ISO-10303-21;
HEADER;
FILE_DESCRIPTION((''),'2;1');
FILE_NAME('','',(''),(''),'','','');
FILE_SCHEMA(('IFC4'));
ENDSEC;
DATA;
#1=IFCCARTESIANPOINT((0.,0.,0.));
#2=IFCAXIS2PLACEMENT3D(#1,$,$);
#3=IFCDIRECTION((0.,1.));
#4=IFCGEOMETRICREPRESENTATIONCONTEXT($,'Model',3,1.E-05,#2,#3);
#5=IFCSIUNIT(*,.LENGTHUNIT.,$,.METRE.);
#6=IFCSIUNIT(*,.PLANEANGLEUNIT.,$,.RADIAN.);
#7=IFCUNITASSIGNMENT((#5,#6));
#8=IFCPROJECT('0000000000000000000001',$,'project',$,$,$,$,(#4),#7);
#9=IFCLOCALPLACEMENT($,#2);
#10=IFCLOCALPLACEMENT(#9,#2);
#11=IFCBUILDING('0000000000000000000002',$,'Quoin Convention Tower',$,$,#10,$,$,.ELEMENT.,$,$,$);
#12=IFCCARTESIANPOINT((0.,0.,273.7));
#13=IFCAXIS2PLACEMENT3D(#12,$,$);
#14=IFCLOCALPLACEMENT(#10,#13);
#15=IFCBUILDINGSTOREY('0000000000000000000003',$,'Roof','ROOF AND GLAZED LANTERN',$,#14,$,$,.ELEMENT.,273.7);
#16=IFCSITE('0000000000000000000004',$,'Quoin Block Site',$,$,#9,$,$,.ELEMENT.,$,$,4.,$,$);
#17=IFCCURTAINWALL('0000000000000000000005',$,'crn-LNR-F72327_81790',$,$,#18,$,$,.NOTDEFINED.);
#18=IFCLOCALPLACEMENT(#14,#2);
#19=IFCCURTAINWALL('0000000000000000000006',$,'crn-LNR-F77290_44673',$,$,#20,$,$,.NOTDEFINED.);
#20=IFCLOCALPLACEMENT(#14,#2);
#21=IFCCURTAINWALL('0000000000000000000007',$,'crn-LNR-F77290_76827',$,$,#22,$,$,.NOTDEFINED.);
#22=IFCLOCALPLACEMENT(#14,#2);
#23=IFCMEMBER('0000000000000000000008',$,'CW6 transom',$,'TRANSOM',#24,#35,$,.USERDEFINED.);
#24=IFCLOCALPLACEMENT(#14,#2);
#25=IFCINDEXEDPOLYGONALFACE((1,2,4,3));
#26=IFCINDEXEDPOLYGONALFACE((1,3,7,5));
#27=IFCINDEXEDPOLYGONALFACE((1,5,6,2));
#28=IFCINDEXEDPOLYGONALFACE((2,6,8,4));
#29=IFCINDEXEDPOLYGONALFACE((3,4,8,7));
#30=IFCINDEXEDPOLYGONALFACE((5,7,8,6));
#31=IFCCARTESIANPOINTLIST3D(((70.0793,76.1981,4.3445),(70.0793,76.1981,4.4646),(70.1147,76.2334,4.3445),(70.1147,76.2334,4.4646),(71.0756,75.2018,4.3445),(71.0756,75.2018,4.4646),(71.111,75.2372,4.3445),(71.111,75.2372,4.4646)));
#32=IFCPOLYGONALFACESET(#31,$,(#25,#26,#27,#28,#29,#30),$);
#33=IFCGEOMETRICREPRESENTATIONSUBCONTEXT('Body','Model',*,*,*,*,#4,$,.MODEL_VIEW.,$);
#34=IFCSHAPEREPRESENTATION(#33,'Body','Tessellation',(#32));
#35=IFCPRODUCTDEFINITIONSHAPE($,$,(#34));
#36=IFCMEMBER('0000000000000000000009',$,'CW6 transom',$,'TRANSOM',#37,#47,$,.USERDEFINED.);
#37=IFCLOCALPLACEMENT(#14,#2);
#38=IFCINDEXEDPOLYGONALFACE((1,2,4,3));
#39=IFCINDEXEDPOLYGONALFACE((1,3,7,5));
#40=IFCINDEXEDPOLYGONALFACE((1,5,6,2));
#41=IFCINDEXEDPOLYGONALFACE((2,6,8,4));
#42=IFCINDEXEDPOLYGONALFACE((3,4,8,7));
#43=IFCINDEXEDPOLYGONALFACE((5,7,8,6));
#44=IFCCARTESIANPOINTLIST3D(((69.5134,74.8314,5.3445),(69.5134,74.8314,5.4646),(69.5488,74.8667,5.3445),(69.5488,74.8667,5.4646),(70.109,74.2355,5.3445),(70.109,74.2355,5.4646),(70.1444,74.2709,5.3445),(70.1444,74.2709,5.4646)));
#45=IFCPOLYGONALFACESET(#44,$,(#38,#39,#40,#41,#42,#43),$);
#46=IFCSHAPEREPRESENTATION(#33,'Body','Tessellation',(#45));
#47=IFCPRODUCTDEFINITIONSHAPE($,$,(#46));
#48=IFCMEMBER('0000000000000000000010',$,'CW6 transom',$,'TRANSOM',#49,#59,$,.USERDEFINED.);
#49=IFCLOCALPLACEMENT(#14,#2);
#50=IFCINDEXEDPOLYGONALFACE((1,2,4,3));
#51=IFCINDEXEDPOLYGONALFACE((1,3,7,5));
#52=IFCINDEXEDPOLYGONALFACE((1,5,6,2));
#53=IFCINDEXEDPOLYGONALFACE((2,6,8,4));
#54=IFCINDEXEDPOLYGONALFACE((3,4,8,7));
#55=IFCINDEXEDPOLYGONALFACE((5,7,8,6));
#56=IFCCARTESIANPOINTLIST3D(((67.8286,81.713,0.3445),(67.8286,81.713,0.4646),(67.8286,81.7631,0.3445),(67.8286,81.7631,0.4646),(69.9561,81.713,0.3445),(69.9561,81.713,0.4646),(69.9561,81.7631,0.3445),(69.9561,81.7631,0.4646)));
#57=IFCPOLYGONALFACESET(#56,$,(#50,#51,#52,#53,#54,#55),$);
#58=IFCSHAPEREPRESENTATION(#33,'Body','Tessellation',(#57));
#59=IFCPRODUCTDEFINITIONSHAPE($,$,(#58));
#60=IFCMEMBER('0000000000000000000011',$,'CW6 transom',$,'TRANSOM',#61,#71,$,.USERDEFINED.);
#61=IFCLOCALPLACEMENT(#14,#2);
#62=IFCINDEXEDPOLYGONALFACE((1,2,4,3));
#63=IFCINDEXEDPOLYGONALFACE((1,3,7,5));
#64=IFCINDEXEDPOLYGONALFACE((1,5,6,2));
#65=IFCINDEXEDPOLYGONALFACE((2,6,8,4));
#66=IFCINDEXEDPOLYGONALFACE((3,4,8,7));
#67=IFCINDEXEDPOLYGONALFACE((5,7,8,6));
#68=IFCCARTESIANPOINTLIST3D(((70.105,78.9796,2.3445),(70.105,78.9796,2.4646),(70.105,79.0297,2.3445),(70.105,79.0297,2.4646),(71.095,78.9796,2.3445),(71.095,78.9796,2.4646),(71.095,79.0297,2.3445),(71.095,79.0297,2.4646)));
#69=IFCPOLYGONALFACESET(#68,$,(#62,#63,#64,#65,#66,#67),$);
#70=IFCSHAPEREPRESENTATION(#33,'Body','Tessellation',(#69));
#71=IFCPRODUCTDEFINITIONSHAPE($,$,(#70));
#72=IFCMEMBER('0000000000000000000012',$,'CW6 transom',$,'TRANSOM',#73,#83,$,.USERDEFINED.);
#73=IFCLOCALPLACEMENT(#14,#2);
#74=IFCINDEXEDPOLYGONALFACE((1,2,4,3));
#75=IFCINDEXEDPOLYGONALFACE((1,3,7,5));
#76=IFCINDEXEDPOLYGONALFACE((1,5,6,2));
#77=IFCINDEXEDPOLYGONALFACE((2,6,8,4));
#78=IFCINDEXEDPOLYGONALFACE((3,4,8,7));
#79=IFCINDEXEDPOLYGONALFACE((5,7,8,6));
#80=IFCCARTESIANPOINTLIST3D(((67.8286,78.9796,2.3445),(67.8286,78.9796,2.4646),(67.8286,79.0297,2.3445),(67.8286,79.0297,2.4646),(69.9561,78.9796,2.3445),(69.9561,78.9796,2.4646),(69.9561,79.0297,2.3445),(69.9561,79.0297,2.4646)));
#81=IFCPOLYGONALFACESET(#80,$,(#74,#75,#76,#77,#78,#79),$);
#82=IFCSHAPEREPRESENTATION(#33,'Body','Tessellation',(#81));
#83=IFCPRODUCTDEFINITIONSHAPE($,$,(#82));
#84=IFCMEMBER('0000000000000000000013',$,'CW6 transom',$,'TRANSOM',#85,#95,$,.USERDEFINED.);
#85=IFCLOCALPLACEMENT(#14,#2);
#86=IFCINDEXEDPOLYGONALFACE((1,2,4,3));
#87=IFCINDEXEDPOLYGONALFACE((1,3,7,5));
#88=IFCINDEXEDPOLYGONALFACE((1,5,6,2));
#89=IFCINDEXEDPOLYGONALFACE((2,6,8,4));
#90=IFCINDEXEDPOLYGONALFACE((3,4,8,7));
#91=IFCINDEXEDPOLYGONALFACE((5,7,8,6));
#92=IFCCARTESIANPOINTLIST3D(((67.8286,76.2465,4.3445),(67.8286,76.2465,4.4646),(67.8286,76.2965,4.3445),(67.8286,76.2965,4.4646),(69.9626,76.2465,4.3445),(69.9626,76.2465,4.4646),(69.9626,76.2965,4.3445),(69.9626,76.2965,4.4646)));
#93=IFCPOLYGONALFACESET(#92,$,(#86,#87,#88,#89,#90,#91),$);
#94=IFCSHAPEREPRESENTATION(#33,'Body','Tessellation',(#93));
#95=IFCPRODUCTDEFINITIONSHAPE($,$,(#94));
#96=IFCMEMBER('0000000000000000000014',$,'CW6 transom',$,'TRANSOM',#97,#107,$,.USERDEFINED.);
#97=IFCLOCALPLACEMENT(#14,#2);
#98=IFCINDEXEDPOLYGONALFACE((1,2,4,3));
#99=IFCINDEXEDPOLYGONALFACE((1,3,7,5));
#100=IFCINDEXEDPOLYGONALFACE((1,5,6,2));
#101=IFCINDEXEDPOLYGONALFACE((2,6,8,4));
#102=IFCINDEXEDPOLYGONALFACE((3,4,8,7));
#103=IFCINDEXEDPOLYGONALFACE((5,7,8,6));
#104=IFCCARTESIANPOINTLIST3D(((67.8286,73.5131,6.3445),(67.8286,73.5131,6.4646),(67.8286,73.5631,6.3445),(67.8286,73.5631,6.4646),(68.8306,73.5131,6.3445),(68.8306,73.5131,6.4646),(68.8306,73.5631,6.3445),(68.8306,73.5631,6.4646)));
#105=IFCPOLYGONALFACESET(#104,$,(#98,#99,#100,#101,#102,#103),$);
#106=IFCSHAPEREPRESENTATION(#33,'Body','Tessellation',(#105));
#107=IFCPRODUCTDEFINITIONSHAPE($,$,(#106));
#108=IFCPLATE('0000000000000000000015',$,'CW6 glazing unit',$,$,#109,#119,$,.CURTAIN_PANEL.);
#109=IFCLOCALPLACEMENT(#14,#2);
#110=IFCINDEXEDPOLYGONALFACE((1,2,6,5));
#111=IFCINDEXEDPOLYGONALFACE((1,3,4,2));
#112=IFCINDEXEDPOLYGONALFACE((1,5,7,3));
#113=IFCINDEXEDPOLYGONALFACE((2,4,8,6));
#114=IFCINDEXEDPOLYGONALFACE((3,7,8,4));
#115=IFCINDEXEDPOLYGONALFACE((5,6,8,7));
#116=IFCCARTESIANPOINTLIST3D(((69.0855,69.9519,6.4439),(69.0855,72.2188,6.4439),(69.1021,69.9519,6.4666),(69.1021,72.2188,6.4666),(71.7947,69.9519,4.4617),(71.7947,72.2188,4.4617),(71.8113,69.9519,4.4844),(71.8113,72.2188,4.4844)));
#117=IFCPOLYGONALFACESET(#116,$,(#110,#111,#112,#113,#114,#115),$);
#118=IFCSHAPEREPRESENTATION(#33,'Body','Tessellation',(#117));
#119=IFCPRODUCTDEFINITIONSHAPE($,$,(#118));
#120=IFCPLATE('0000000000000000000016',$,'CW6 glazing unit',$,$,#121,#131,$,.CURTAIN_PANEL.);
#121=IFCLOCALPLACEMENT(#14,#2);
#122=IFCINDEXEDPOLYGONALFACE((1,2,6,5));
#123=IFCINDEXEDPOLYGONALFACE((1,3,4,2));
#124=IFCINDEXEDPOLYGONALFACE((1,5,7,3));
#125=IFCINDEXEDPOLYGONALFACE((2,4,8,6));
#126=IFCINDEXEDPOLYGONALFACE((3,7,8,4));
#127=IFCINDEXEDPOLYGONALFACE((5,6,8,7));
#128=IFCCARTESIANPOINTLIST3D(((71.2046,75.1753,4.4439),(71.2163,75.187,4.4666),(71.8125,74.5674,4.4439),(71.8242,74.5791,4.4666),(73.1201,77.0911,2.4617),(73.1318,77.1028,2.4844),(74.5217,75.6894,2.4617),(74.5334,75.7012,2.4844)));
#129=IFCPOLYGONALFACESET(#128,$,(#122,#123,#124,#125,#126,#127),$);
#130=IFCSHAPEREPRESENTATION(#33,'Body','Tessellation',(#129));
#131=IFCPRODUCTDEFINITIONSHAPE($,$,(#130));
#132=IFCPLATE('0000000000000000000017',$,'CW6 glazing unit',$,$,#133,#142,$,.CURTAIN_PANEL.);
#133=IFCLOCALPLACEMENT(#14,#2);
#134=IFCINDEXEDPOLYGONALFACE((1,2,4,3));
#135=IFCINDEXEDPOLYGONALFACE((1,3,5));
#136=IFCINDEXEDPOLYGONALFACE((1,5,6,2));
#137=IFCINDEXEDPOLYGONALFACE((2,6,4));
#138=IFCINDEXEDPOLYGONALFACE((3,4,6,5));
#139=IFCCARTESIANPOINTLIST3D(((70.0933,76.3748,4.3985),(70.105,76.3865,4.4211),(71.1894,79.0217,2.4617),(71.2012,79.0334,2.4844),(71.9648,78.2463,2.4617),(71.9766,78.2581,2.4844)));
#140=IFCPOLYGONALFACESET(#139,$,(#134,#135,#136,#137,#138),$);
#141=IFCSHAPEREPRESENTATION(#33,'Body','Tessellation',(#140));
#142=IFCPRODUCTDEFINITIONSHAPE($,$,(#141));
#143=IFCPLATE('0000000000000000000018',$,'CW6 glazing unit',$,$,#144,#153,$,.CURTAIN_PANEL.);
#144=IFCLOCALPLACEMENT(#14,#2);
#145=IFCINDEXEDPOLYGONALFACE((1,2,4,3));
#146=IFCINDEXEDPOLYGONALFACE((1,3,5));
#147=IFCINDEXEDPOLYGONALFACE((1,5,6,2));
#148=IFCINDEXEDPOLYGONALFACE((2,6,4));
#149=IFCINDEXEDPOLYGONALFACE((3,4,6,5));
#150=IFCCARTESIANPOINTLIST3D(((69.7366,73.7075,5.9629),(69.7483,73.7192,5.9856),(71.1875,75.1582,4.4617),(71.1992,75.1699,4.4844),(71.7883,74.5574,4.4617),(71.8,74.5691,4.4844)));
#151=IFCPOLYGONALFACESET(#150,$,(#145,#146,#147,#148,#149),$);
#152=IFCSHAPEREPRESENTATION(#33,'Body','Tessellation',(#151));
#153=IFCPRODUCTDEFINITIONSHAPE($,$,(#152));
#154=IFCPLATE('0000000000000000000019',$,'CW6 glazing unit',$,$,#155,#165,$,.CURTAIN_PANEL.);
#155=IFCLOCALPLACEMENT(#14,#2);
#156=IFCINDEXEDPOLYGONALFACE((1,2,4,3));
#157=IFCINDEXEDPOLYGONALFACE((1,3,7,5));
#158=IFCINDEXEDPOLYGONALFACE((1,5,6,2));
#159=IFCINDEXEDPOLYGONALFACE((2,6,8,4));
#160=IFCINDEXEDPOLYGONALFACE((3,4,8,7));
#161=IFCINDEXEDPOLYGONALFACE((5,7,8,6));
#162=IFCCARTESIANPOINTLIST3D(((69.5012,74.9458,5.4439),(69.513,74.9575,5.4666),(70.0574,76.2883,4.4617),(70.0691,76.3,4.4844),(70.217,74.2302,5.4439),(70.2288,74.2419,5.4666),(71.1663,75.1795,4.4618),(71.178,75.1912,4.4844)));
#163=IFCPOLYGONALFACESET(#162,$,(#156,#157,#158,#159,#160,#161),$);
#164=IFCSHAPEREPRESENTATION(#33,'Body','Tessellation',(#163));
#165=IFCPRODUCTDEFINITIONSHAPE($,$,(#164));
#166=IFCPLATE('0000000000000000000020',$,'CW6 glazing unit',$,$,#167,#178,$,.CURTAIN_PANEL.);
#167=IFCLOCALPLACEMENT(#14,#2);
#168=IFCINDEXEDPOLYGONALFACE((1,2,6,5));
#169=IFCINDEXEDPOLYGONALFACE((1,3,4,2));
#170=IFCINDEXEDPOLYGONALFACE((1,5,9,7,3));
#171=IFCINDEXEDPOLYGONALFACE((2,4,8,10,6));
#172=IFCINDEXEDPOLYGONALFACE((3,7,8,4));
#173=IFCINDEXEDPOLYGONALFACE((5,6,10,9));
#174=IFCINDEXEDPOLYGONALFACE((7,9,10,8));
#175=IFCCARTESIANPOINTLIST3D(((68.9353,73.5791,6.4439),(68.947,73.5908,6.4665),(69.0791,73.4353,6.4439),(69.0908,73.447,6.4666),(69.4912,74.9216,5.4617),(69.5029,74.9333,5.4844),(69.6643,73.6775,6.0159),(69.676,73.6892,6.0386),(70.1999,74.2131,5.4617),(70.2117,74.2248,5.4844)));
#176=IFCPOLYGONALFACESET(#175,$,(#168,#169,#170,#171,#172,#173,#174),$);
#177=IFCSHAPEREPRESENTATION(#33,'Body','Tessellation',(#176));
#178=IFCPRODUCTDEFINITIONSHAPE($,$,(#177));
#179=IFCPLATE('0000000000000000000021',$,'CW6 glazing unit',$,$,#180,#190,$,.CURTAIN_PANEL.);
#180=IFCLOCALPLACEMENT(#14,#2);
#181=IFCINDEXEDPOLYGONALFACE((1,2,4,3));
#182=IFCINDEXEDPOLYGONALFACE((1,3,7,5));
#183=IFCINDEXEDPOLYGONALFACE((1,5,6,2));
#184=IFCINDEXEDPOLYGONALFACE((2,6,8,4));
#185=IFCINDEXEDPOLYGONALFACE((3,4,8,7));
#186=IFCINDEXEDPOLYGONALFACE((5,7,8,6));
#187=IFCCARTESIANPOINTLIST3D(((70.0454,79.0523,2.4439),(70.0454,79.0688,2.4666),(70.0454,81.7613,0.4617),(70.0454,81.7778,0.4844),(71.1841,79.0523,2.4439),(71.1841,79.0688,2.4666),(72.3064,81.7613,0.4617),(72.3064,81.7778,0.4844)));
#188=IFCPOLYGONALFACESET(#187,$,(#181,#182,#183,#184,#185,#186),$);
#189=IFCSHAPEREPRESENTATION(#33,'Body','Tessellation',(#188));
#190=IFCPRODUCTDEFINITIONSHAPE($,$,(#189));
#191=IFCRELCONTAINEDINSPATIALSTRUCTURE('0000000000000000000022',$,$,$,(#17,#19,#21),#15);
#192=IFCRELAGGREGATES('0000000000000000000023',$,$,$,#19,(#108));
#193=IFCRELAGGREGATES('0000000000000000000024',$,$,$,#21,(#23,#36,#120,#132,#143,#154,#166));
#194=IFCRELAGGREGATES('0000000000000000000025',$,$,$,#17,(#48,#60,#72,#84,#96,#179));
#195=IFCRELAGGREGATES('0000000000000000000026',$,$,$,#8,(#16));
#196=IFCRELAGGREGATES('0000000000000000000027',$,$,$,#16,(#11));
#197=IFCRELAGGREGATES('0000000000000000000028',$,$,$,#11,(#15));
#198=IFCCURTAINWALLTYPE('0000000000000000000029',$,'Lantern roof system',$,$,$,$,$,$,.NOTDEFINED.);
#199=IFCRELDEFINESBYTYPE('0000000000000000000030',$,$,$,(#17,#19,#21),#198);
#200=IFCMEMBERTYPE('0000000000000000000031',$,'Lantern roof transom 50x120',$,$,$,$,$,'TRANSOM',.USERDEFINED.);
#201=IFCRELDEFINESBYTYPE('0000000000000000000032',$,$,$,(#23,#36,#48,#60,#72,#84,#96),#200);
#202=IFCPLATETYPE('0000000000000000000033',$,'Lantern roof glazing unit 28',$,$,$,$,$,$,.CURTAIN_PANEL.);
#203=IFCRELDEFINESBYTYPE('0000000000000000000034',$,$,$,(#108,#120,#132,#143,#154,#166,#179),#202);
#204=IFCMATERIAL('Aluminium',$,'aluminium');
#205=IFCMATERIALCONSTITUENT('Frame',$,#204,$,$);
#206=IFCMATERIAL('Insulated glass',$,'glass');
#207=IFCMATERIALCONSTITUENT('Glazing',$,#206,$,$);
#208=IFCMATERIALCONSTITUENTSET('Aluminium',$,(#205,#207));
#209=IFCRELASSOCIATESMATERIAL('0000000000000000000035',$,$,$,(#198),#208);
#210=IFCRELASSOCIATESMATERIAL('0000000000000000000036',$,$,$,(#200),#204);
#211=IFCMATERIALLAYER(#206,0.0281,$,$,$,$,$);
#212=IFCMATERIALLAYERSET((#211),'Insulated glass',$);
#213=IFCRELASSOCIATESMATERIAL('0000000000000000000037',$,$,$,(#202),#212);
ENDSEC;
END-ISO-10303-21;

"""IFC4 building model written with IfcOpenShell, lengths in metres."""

from ifc_helpers import new_model, si_unit, direction, frame, origin, origin_2d, place, context, subcontext, project, spatial, polyline, rectangle, outline, extrude, material, layer, layer_set, constituent, constituent_set, material_profile, profile_set, type_object, element, aggregate, save


model = new_model("IFC4")

# Units and contexts
model_context = context("Model", 3, precision=1e-05, world=origin(), true_north=direction((0.0, 1.0)))
body_context = subcontext(model_context, "Body", "Model", "MODEL_VIEW")
ifc_project = project(units=[si_unit("LENGTHUNIT", "METRE"), si_unit("PLANEANGLEUNIT", "RADIAN")], contexts=[model_context])

# Site, building, storey
site_placement = place(None, origin())
site = spatial("IfcSite", under=ifc_project, at=site_placement, Name="Quoin Block Site", CompositionType="ELEMENT", RefElevation=4.0)
building_placement = place(site_placement, origin())
building = spatial("IfcBuilding", under=site, at=building_placement, Name="Quoin Convention Tower", CompositionType="ELEMENT")
storey_placement = place(building_placement, frame((0.0, 0.0, 273.7)))
storey = spatial("IfcBuildingStorey", under=building, at=storey_placement, Name="Roof", Description="ROOF AND GLAZED LANTERN", CompositionType="ELEMENT", Elevation=273.7)

# Curtain wall
ifc_material_1 = material(Name="Aluminium", Category="aluminium")
ifc_constituent_1 = constituent(ifc_material_1, Name="Frame")
ifc_material_2 = material(Name="Insulated glass", Category="glass")
ifc_constituent_2 = constituent(ifc_material_2, Name="Glazing")
ifc_constituent_set = constituent_set(constituents=[ifc_constituent_1, ifc_constituent_2], Name="Aluminium")
curtain_wall_type = type_object("IfcCurtainWallType", Name="Lantern roof system", PredefinedType="NOTDEFINED", material=ifc_constituent_set)
curtain_wall_1_placement = place(storey_placement, origin())
curtain_wall_1 = element("IfcCurtainWall", 1, at=curtain_wall_1_placement, inside=storey, type_object=curtain_wall_type, Name="crn-LNR-F72327_81790", PredefinedType="NOTDEFINED")

# Curtain walls, members
curtain_wall_2_placement = place(storey_placement, origin())
curtain_wall_2 = element("IfcCurtainWall", 2, at=curtain_wall_2_placement, inside=storey, type_object=curtain_wall_type, Name="crn-LNR-F77290_44673", PredefinedType="NOTDEFINED")
ifc_material_profile_1 = material_profile(ifc_material_1, rectangle(XDim=0.1201, YDim=0.05, at=origin_2d()), Name="Lantern roof transom 50x120")
ifc_profile_set_1 = profile_set([ifc_material_profile_1], Name="Aluminium")
member_type_1 = type_object("IfcMemberType", Name="Lantern roof transom 50x120", ElementType="TRANSOM", PredefinedType="USERDEFINED", material=ifc_profile_set_1)
curtain_wall_3_placement = place(storey_placement, origin())
curtain_wall_3 = element("IfcCurtainWall", 3, at=curtain_wall_3_placement, inside=storey, type_object=curtain_wall_type, Name="crn-LNR-F77290_76827", PredefinedType="NOTDEFINED")
member_1_placement = place(storey_placement, frame((71.0933, 75.2195, 4.4045), z_axis=(-0.707107, 0.707107, 0.0), x_axis=(0.0, 0.0, 1.0)))
member_1 = element("IfcMember", 4, at=member_1_placement, type_object=member_type_1, Name="CW6 transom", ObjectType="TRANSOM", PredefinedType="USERDEFINED", context=body_context, shape_type="SweptSolid", body=[
    extrude(rectangle(XDim=0.1201, YDim=0.05, at=origin_2d()), origin(), (0.0, 0.0, 1.0), 1.4089),
])
member_2_placement = place(storey_placement, frame((70.1267, 74.2532, 5.4045), z_axis=(-0.706962, 0.707252, 0.0), x_axis=(0.0, 0.0, 1.0)))
member_2 = element("IfcMember", 5, at=member_2_placement, type_object=member_type_1, Name="CW6 transom", ObjectType="TRANSOM", PredefinedType="USERDEFINED", context=body_context, shape_type="SweptSolid", body=[
    extrude(rectangle(XDim=0.1201, YDim=0.05, at=origin_2d()), origin(), (0.0, 0.0, 1.0), 0.8425),
])

# Members
member_3_placement = place(storey_placement, frame((69.9561, 81.738, 0.4045), z_axis=(-1.0, 0.0, 0.0), x_axis=(0.0, 0.0, 1.0)))
member_3 = element("IfcMember", 6, at=member_3_placement, type_object=member_type_1, Name="CW6 transom", ObjectType="TRANSOM", PredefinedType="USERDEFINED", context=body_context, shape_type="SweptSolid", body=[
    extrude(rectangle(XDim=0.1201, YDim=0.05, at=origin_2d()), origin(), (0.0, 0.0, 1.0), 2.1274),
])
member_4_placement = place(storey_placement, frame((71.095, 79.0046, 2.4045), z_axis=(-1.0, 0.0, 0.0), x_axis=(0.0, 0.0, 1.0)))
member_4 = element("IfcMember", 7, at=member_4_placement, type_object=member_type_1, Name="CW6 transom", ObjectType="TRANSOM", PredefinedType="USERDEFINED", context=body_context, shape_type="SweptSolid", body=[
    extrude(rectangle(XDim=0.1201, YDim=0.05, at=origin_2d()), origin(), (0.0, 0.0, 1.0), 0.99),
])
member_5_placement = place(storey_placement, frame((69.9561, 79.0046, 2.4045), z_axis=(-1.0, 0.0, 0.0), x_axis=(0.0, 0.0, 1.0)))
member_5 = element("IfcMember", 8, at=member_5_placement, type_object=member_type_1, Name="CW6 transom", ObjectType="TRANSOM", PredefinedType="USERDEFINED", context=body_context, shape_type="SweptSolid", body=[
    extrude(rectangle(XDim=0.1201, YDim=0.05, at=origin_2d()), origin(), (0.0, 0.0, 1.0), 2.1274),
])
member_6_placement = place(storey_placement, frame((69.9626, 76.2715, 4.4045), z_axis=(-1.0, 0.0, 0.0), x_axis=(0.0, 0.0, 1.0)))
member_6 = element("IfcMember", 9, at=member_6_placement, type_object=member_type_1, Name="CW6 transom", ObjectType="TRANSOM", PredefinedType="USERDEFINED", context=body_context, shape_type="SweptSolid", body=[
    extrude(rectangle(XDim=0.1201, YDim=0.05, at=origin_2d()), origin(), (0.0, 0.0, 1.0), 2.134),
])
member_7_placement = place(storey_placement, frame((68.8306, 73.5381, 6.4045), z_axis=(-1.0, 0.0, 0.0), x_axis=(0.0, 0.0, 1.0)))
member_7 = element("IfcMember", 10, at=member_7_placement, type_object=member_type_1, Name="CW6 transom", ObjectType="TRANSOM", PredefinedType="USERDEFINED", context=body_context, shape_type="SweptSolid", body=[
    extrude(rectangle(XDim=0.1201, YDim=0.05, at=origin_2d()), origin(), (0.0, 0.0, 1.0), 1.002),
])

# Plates
ifc_layer = layer(ifc_material_2, 0.0281)
ifc_layer_set = layer_set([ifc_layer], Name="Insulated glass")
plate_type = type_object("IfcPlateType", Name="Lantern roof glazing unit 28", PredefinedType="CURTAIN_PANEL", material=ifc_layer_set)
plate_1_placement = place(storey_placement, frame((71.8113, 72.2188, 4.4844), z_axis=(0.590474, 0.0, 0.807057), x_axis=(0.0, -1.0, 0.0)))
plate_1 = element("IfcPlate", 11, at=plate_1_placement, type_object=plate_type, Name="CW6 glazing unit", PredefinedType="CURTAIN_PANEL", context=body_context, shape_type="SweptSolid", body=[
    extrude(outline(polyline([(0.0, 0.0), (2.2668, 0.0), (2.2668, -3.3569), (0.0, -3.3569), (0.0, 0.0)])), origin(), (0.0, 0.0, -1.0), 0.0281),
])
aggregate(curtain_wall_2, [plate_1])
plate_2_placement = place(storey_placement, frame((71.2163, 75.187, 4.4666), z_axis=(0.417537, 0.417537, 0.807047), x_axis=(0.570632, 0.570705, -0.590487)))
plate_2 = element("IfcPlate", 12, at=plate_2_placement, type_object=plate_type, Name="CW6 glazing unit", PredefinedType="CURTAIN_PANEL", context=body_context, shape_type="SweptSolid", body=[
    extrude(outline(polyline([(0.0, 0.0), (3.3569, 0.0), (3.3567, -1.9822), (0.0, -0.8597), (0.0, 0.0)])), origin(), (0.0, 0.0, -1.0), 0.0281),
])
plate_3_placement = place(storey_placement, frame((71.2012, 79.0334, 2.4844), z_axis=(0.417564, 0.417564, 0.80702), x_axis=(0.707107, -0.707107, 0.0)))
plate_3 = element("IfcPlate", 13, at=plate_3_placement, type_object=plate_type, Name="CW6 glazing unit", PredefinedType="CURTAIN_PANEL", context=body_context, shape_type="SweptSolid", body=[
    extrude(outline(polyline([(0.0, 0.0), (1.0966, 0.0), (1.0966, -3.2797), (0.0, 0.0)])), origin(), (0.0, 0.0, -1.0), 0.0281),
])
plate_4_placement = place(storey_placement, frame((71.1992, 75.1699, 4.4844), z_axis=(0.417543, 0.417543, 0.807041), x_axis=(0.707107, -0.707107, 0.0)))
plate_4 = element("IfcPlate", 14, at=plate_4_placement, type_object=plate_type, Name="CW6 glazing unit", PredefinedType="CURTAIN_PANEL", context=body_context, shape_type="SweptSolid", body=[
    extrude(outline(polyline([(0.0, 0.0), (0.8497, 0.0), (-0.0002, -2.5423), (0.0, 0.0)])), origin(), (0.0, 0.0, -1.0), 0.0281),
])
plate_5_placement = place(storey_placement, frame((70.0691, 76.3, 4.4844), z_axis=(0.417487, 0.417542, 0.807071), x_axis=(0.707123, -0.70709, 0.000032)))
plate_5 = element("IfcPlate", 15, at=plate_5_placement, type_object=plate_type, Name="CW6 glazing unit", PredefinedType="CURTAIN_PANEL", context=body_context, shape_type="SweptSolid", body=[
    extrude(outline(polyline([(0.0, 0.0), (1.5682, 0.0), (1.5682, -1.6633), (0.5561, -1.6635), (0.0, 0.0)])), origin(), (0.0, 0.0, -1.0), 0.0281),
])
plate_6_placement = place(storey_placement, frame((69.5029, 74.9333, 5.4844), z_axis=(0.417448, 0.417579, 0.807072), x_axis=(0.707225, -0.706989, -0.000008)))
plate_6 = element("IfcPlate", 16, at=plate_6_placement, type_object=plate_type, Name="CW6 glazing unit", PredefinedType="CURTAIN_PANEL", context=body_context, shape_type="SweptSolid", body=[
    extrude(outline(polyline([(0.0, 0.0), (1.0021, 0.0), (1.002, -0.9386), (0.7594, -1.6634), (0.556, -1.6634), (0.0, 0.0)])), origin(), (0.0, 0.0, -1.0), 0.0281),
])
aggregate(curtain_wall_3, [member_1, member_2, plate_2, plate_3, plate_4, plate_5, plate_6])
plate_7_placement = place(storey_placement, frame((70.0454, 79.0688, 2.4666), z_axis=(0.0, 0.590509, 0.807031), x_axis=(0.0, 0.807031, -0.590509)))
plate_7 = element("IfcPlate", 17, at=plate_7_placement, type_object=plate_type, Name="CW6 glazing unit", PredefinedType="CURTAIN_PANEL", context=body_context, shape_type="SweptSolid", body=[
    extrude(outline(polyline([(0.0, 0.0), (3.3567, 0.0), (3.3567, -2.261), (0.0, -1.1387), (0.0, 0.0)])), origin(), (0.0, 0.0, -1.0), 0.0281),
])
aggregate(curtain_wall_1, [member_3, member_4, member_5, member_6, member_7, plate_7])

save(model, "model.ifc")
